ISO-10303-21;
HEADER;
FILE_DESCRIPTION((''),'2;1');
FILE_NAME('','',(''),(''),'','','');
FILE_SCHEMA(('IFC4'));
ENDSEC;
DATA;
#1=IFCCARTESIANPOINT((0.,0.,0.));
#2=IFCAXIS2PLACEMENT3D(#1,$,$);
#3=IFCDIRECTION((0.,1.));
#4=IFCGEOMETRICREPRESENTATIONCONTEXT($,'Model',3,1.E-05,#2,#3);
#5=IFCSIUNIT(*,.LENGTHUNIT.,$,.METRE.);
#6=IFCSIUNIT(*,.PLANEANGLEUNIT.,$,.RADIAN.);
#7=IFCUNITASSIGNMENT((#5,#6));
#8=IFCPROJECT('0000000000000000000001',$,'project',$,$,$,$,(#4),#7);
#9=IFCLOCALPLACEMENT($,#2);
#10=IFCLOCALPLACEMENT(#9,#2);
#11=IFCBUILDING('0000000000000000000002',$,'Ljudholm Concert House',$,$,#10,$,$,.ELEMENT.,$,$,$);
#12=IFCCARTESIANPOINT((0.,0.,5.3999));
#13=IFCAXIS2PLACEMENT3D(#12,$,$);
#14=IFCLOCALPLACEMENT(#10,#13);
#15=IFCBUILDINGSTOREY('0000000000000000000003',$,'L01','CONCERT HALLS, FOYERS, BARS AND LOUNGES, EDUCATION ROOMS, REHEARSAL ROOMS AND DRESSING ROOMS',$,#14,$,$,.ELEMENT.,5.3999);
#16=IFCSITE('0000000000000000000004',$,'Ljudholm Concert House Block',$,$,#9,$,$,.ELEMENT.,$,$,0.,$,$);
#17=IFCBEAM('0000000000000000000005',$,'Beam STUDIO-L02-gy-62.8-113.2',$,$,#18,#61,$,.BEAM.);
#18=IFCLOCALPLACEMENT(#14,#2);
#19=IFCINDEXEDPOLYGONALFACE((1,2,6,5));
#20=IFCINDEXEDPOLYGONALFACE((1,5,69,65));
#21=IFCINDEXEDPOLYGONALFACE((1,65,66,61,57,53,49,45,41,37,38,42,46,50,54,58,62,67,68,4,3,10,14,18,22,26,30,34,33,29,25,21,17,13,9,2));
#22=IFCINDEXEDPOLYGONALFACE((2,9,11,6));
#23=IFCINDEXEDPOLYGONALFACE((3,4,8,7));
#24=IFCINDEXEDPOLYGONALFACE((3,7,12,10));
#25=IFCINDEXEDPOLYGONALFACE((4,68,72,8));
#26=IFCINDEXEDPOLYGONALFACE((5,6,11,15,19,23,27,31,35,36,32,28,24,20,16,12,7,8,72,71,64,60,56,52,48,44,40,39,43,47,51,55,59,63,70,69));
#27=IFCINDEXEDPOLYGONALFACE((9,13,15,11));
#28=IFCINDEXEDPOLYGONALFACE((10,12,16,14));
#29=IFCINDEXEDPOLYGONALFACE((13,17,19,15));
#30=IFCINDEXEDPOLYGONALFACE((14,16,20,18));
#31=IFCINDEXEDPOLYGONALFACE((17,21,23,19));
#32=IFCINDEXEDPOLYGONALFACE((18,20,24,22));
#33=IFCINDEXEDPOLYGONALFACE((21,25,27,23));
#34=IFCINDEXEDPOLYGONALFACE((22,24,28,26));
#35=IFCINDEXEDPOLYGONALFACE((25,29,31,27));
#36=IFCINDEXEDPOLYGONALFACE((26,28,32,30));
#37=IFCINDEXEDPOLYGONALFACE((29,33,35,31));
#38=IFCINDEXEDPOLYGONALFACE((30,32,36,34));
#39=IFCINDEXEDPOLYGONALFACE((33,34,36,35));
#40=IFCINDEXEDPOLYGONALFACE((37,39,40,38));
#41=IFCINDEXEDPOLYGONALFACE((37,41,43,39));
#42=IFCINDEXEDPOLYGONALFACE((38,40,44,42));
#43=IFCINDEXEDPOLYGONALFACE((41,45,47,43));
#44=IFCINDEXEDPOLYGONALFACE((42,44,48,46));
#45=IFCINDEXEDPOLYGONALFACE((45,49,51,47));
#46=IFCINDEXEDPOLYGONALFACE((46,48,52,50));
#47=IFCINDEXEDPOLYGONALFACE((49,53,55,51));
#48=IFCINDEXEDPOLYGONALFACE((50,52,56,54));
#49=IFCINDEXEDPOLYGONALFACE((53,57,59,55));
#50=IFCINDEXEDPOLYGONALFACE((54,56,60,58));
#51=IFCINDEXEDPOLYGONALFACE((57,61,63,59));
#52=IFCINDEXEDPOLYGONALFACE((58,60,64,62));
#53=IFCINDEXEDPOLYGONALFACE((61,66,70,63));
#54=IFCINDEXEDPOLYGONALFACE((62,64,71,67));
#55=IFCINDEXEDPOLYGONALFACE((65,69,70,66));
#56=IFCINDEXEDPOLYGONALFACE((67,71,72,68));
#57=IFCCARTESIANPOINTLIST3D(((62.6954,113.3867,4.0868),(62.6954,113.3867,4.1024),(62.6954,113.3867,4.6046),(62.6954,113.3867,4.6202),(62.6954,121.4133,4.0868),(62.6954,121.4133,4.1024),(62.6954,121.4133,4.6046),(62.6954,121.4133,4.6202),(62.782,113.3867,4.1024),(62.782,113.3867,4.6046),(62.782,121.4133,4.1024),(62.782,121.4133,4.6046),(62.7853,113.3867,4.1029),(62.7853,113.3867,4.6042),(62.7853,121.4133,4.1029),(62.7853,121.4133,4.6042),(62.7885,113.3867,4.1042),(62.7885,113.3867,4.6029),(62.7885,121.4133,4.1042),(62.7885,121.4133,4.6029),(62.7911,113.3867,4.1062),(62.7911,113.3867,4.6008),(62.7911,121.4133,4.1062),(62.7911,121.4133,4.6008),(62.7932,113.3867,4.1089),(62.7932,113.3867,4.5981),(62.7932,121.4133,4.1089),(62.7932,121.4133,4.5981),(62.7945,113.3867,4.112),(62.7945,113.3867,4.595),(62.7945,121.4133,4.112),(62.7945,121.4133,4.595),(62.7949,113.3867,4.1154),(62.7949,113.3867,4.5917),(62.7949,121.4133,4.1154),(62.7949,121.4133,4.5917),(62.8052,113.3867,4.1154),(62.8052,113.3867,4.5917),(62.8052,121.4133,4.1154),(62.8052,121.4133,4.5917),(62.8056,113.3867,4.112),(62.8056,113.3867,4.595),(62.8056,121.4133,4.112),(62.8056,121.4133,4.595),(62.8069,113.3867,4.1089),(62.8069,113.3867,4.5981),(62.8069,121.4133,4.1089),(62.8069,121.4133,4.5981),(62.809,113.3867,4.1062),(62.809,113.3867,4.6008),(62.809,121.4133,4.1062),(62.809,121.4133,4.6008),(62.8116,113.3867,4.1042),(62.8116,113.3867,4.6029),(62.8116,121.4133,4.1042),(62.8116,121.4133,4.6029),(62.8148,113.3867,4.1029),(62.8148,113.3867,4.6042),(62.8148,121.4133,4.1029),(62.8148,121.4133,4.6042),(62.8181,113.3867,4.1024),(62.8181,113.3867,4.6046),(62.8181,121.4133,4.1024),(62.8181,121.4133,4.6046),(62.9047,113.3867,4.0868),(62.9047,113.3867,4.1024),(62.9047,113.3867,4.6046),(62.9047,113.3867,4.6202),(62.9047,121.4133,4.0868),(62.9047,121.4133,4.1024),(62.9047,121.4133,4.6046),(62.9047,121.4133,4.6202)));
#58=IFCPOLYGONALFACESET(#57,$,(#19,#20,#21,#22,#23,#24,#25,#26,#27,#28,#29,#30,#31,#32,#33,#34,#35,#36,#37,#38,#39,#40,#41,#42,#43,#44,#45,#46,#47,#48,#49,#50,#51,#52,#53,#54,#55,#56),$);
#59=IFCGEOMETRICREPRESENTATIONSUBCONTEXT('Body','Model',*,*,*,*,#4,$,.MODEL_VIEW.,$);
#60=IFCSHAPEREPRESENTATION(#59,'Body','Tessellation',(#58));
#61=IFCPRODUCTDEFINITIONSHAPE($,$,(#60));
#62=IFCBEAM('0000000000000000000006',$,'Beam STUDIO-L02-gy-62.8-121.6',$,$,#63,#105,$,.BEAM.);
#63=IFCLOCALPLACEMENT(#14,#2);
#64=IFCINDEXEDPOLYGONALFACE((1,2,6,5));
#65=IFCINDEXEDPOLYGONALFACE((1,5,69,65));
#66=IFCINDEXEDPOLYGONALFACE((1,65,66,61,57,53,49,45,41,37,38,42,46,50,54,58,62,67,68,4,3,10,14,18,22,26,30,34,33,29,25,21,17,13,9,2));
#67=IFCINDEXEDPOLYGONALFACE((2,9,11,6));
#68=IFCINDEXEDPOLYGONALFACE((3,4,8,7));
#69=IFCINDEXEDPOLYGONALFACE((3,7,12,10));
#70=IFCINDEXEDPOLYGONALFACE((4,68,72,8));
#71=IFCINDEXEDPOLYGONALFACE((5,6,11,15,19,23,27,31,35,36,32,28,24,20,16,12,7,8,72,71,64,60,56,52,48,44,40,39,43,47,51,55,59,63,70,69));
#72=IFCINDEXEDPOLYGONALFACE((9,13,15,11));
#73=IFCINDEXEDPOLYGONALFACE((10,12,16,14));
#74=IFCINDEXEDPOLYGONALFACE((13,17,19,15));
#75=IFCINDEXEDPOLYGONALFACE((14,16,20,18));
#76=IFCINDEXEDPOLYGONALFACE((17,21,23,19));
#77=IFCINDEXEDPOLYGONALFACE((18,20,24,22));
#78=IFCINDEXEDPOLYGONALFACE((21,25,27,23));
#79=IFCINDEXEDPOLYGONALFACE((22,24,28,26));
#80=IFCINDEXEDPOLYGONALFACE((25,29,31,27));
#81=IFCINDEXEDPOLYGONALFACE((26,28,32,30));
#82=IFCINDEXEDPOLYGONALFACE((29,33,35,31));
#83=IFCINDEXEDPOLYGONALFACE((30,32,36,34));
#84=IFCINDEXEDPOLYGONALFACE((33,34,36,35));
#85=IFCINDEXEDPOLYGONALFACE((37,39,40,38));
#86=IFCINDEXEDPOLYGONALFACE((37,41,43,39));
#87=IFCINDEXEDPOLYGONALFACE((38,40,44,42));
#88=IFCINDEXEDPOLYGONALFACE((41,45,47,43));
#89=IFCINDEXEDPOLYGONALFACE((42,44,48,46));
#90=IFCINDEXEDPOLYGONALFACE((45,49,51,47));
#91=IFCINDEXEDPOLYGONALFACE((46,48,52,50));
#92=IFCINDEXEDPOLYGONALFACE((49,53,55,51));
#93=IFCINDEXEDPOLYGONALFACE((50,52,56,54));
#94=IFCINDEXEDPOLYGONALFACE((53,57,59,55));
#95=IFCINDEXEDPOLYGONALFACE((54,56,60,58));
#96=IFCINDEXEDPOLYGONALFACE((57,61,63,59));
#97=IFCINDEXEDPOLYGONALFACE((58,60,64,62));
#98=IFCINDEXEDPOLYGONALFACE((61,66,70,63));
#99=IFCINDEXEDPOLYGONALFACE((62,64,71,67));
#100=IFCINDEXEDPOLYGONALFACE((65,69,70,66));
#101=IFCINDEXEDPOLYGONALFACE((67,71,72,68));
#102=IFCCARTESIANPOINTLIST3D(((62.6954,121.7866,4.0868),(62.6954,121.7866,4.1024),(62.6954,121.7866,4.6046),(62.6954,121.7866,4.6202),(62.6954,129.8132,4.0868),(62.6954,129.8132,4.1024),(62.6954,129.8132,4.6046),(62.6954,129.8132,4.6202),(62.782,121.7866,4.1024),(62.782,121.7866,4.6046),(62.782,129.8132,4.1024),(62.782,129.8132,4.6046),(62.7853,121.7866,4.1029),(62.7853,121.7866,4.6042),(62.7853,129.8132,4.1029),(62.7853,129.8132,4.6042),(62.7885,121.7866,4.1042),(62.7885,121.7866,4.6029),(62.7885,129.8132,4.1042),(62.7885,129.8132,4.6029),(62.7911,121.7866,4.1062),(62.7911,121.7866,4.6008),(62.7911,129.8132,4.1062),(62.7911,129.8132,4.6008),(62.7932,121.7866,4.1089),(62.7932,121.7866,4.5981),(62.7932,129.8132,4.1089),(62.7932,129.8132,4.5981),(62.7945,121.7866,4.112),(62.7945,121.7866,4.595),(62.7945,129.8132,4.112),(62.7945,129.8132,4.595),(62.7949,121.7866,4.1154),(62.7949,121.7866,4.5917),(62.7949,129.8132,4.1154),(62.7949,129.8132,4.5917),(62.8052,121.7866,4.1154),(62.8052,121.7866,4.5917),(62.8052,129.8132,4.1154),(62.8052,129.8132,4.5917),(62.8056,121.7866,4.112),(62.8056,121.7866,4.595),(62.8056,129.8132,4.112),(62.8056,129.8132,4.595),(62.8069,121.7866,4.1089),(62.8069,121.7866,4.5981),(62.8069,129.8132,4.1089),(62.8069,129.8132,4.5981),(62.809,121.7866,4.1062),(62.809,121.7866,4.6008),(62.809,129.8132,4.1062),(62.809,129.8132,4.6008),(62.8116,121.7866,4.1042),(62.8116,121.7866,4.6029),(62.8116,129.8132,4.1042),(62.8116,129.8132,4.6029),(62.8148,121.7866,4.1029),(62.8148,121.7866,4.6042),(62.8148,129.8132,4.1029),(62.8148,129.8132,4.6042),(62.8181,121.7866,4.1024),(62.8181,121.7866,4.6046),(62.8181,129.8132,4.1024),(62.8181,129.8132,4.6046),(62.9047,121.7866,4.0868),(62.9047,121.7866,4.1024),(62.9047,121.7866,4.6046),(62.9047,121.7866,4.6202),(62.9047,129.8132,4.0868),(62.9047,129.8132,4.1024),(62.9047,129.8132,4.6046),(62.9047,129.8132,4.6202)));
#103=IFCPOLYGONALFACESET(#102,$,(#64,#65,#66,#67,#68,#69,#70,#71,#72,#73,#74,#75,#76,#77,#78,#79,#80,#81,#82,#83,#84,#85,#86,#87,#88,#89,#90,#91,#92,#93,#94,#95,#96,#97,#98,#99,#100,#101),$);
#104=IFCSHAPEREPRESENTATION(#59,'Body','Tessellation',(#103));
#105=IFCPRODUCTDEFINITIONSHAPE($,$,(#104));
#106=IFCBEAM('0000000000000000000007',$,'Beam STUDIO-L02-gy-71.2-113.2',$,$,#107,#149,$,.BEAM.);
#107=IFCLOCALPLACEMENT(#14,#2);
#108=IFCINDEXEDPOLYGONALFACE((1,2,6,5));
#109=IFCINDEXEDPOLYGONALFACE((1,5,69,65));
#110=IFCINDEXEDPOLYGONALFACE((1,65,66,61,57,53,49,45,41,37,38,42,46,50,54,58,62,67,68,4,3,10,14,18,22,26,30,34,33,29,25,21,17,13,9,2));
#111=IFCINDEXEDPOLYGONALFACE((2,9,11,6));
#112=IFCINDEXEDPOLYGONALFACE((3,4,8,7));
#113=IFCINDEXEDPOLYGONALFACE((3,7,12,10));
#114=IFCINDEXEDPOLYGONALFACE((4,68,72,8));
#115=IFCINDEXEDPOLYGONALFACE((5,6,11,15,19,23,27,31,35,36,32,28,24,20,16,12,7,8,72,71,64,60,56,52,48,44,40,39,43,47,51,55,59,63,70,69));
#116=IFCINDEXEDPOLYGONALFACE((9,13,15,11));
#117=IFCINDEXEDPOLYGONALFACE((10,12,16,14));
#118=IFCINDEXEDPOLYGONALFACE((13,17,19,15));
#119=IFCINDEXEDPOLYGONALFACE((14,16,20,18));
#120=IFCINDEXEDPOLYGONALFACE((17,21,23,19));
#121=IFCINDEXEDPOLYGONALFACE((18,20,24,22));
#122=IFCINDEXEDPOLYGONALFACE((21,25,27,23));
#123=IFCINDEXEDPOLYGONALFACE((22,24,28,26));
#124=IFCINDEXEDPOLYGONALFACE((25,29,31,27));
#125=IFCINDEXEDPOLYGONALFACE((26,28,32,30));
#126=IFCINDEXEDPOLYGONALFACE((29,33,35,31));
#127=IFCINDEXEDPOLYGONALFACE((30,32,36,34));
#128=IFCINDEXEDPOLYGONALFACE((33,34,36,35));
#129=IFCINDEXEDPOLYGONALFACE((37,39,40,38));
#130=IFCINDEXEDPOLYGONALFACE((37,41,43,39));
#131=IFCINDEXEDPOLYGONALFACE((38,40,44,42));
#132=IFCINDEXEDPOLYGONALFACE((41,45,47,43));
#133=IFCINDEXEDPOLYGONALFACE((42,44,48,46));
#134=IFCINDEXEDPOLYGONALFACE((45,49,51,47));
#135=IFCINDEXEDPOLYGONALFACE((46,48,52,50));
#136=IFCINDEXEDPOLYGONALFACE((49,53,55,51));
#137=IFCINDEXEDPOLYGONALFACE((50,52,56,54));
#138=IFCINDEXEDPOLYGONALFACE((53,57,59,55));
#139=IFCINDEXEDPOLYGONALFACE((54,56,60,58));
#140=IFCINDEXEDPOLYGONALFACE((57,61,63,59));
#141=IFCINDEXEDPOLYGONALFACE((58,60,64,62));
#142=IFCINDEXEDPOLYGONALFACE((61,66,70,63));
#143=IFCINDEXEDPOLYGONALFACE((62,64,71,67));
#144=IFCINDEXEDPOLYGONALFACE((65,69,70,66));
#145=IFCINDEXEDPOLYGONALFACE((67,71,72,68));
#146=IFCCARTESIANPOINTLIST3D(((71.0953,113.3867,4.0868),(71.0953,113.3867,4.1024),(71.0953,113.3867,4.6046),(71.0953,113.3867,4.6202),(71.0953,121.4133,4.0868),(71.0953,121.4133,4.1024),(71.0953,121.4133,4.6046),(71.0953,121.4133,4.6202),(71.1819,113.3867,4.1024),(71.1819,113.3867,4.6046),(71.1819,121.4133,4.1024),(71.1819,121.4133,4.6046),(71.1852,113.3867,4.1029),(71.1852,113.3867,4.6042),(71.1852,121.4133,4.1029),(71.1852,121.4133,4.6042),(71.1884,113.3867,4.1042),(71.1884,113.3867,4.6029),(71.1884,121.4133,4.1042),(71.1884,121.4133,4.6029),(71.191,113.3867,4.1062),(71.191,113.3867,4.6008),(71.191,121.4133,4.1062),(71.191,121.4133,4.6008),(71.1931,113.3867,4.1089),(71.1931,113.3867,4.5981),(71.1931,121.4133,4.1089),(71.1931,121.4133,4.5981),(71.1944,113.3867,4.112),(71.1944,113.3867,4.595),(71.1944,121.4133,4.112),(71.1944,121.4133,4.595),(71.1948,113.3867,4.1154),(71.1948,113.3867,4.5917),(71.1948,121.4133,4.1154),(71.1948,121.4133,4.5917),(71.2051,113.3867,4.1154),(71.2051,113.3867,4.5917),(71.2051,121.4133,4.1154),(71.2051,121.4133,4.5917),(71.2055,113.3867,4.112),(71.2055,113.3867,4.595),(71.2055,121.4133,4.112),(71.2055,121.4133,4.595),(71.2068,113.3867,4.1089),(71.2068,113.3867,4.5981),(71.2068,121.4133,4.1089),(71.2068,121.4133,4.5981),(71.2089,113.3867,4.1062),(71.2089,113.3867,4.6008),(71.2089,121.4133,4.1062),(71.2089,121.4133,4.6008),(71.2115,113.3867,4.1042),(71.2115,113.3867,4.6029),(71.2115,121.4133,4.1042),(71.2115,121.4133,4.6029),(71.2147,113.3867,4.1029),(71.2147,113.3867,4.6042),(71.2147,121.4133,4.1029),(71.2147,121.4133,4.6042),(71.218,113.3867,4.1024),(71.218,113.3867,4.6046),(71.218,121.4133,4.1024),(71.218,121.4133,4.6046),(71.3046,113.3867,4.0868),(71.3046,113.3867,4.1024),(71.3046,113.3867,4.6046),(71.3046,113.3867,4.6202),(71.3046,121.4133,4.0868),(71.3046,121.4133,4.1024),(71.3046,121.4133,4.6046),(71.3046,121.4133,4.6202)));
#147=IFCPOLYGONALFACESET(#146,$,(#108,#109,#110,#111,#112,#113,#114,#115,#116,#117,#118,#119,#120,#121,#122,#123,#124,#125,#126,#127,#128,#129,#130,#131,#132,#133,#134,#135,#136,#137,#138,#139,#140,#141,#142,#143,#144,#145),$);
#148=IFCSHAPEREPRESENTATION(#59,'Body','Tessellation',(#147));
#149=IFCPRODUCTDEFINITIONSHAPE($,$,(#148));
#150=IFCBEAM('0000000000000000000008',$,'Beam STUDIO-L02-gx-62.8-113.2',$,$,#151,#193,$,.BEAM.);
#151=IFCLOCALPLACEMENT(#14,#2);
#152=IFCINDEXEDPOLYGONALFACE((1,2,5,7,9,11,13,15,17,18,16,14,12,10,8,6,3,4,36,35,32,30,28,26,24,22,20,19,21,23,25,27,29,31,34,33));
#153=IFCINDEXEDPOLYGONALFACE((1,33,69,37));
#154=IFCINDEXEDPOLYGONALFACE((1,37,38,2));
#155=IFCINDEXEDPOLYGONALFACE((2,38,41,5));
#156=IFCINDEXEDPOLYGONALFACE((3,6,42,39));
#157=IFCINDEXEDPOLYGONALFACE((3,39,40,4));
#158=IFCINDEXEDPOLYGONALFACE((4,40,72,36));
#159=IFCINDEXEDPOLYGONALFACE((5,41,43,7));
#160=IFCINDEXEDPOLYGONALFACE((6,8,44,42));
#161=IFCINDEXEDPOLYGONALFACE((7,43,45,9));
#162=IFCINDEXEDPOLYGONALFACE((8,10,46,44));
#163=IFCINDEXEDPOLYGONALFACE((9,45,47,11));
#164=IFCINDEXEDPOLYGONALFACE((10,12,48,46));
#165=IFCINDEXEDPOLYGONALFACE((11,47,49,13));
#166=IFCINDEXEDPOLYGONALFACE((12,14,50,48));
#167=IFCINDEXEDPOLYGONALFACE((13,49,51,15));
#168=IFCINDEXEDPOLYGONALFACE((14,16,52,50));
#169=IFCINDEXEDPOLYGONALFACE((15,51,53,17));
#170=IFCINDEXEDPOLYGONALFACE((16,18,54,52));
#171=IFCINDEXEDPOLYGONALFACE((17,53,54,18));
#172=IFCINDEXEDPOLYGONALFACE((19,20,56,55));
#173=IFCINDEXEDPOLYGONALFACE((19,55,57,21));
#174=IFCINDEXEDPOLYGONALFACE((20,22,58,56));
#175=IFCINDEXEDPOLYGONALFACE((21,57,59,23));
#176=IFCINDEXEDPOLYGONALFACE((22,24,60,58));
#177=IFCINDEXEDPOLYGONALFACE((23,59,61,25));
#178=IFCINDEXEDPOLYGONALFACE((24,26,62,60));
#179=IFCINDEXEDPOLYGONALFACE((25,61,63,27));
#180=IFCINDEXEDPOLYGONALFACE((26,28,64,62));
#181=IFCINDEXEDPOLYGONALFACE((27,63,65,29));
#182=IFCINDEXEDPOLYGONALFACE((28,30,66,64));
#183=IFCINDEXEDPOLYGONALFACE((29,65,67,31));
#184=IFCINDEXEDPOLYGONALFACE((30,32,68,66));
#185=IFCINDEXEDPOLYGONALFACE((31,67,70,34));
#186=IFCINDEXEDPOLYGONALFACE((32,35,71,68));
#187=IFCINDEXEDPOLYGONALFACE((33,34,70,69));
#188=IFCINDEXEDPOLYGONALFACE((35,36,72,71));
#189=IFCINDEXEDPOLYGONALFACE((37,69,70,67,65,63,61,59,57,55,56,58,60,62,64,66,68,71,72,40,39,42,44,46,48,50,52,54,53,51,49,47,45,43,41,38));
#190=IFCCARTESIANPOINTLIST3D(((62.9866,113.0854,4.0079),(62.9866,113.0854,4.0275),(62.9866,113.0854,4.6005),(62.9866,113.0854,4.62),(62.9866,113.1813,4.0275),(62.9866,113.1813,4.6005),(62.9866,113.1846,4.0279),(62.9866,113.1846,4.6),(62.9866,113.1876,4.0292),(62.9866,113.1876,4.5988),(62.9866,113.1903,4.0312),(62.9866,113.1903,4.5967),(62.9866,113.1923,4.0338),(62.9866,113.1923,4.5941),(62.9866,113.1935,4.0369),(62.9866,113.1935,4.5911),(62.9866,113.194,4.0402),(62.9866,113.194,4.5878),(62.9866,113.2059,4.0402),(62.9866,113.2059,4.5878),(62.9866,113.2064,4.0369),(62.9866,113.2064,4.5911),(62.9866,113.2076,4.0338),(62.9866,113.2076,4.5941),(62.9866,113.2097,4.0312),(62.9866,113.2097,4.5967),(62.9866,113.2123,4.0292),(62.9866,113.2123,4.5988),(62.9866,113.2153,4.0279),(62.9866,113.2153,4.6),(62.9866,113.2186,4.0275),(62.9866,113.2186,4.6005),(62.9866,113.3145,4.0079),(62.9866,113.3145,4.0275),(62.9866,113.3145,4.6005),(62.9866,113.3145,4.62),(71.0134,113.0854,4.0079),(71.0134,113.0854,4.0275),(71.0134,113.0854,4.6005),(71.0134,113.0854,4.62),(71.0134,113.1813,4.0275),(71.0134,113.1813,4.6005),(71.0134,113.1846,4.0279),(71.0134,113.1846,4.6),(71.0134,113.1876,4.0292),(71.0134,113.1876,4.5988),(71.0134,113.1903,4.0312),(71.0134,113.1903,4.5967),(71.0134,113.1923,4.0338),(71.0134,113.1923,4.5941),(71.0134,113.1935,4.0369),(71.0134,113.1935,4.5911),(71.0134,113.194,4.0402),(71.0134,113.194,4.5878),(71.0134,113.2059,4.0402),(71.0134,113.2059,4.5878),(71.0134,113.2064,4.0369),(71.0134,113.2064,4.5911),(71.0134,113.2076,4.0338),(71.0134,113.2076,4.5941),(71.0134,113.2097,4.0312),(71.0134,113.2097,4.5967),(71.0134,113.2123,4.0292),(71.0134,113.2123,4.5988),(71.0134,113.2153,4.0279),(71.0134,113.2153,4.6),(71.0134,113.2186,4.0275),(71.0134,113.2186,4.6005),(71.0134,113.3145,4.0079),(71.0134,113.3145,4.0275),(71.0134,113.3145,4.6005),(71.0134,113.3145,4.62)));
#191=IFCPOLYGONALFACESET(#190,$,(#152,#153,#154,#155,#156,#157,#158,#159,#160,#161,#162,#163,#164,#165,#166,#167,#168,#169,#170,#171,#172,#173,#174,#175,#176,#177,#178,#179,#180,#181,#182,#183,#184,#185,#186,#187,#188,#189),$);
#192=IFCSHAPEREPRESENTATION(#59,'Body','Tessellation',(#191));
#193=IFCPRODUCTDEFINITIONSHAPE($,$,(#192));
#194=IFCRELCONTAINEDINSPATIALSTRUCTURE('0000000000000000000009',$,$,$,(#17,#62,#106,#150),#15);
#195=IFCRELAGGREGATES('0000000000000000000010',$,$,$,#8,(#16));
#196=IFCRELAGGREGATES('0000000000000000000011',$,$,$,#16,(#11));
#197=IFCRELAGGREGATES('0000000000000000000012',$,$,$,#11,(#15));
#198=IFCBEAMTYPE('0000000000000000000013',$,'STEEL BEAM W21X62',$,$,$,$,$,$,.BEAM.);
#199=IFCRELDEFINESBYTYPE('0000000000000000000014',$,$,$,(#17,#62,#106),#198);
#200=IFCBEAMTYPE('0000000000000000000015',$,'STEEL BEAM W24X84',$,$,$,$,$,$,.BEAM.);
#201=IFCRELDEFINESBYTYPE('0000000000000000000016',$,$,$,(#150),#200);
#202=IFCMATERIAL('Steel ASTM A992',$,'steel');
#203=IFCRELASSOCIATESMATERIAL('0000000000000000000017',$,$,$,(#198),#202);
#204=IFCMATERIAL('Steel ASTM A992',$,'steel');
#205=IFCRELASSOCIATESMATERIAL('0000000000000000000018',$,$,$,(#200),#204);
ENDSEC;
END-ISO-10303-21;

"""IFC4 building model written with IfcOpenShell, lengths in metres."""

from ifc_helpers import new_model, si_unit, direction, frame, origin, origin_2d, place, context, subcontext, project, spatial, i_section, extrude, material, material_profile, profile_set, type_object, element, save


model = new_model("IFC4")

# Units and contexts
model_context = context("Model", 3, precision=1e-05, world=origin(), true_north=direction((0.0, 1.0)))
body_context = subcontext(model_context, "Body", "Model", "MODEL_VIEW")
ifc_project = project(units=[si_unit("LENGTHUNIT", "METRE"), si_unit("PLANEANGLEUNIT", "RADIAN")], contexts=[model_context])

# Site, building, storey
site_placement = place(None, origin())
site = spatial("IfcSite", under=ifc_project, at=site_placement, Name="Ljudholm Concert House Block", CompositionType="ELEMENT", RefElevation=0.0)
building_placement = place(site_placement, origin())
building = spatial("IfcBuilding", under=site, at=building_placement, Name="Ljudholm Concert House", CompositionType="ELEMENT")
storey_placement = place(building_placement, frame((0.0, 0.0, 5.3999)))
storey = spatial("IfcBuildingStorey", under=building, at=storey_placement, Name="L01", Description="CONCERT HALLS, FOYERS, BARS AND LOUNGES, EDUCATION ROOMS, REHEARSAL ROOMS AND DRESSING ROOMS", CompositionType="ELEMENT", Elevation=5.3999)

# Beams
ifc_material_1 = material(Name="Steel ASTM A992", Category="steel")
ifc_material_profile_1 = material_profile(ifc_material_1, i_section(OverallWidth=0.2092, OverallDepth=0.5334, WebThickness=0.0103, FlangeThickness=0.0156, FilletRadius=0.0129, at=origin_2d()), Name="W21X62")
ifc_profile_set_1 = profile_set([ifc_material_profile_1], Name="Steel ASTM A992")
beam_type_1 = type_object("IfcBeamType", Name="STEEL BEAM W21X62", PredefinedType="BEAM", material=ifc_profile_set_1)
for number, where, z_axis, x_axis, name in (
    (1, (62.8, 113.3867, 4.3535), (0.0, 1.0, 0.0), (-1.0, 0.0, 0.0), "Beam STUDIO-L02-gy-62.8-113.2"),
    (2, (62.8, 121.7866, 4.3535), (0.0, 1.0, 0.0), (-1.0, 0.0, 0.0), "Beam STUDIO-L02-gy-62.8-121.6"),
    (3, (71.2, 113.3867, 4.3535), (0.0, 1.0, 0.0), (-1.0, 0.0, 0.0), "Beam STUDIO-L02-gy-71.2-113.2"),
):
    element("IfcBeam", number, at=place(storey_placement, frame(where, z_axis=z_axis, x_axis=x_axis)), inside=storey, type_object=beam_type_1, Name=name, PredefinedType="BEAM", context=body_context, shape_type="SweptSolid", body=[
        extrude(i_section(OverallWidth=0.2092, OverallDepth=0.5334, WebThickness=0.0103, FlangeThickness=0.0156, FilletRadius=0.0129, at=origin_2d()), origin(), (0.0, 0.0, 1.0), 8.0266),
    ])
ifc_material_2 = material(Name="Steel ASTM A992", Category="steel")
ifc_material_profile_2 = material_profile(ifc_material_2, i_section(OverallWidth=0.229, OverallDepth=0.6121, WebThickness=0.012, FlangeThickness=0.0195, FilletRadius=0.0127, at=origin_2d()), Name="W24X84")
ifc_profile_set_2 = profile_set([ifc_material_profile_2], Name="Steel ASTM A992")
beam_type_2 = type_object("IfcBeamType", Name="STEEL BEAM W24X84", PredefinedType="BEAM", material=ifc_profile_set_2)
for number, where, z_axis, x_axis, name in (
    (4, (62.9866, 113.2, 4.314), (1.0, 0.0, 0.0), (0.0, 1.0, 0.0), "Beam STUDIO-L02-gx-62.8-113.2"),
):
    element("IfcBeam", number, at=place(storey_placement, frame(where, z_axis=z_axis, x_axis=x_axis)), inside=storey, type_object=beam_type_2, Name=name, PredefinedType="BEAM", context=body_context, shape_type="SweptSolid", body=[
        extrude(i_section(OverallWidth=0.229, OverallDepth=0.6121, WebThickness=0.012, FlangeThickness=0.0195, FilletRadius=0.0127, at=origin_2d()), origin(), (0.0, 0.0, 1.0), 8.0269),
    ])

save(model, "model.ifc")
